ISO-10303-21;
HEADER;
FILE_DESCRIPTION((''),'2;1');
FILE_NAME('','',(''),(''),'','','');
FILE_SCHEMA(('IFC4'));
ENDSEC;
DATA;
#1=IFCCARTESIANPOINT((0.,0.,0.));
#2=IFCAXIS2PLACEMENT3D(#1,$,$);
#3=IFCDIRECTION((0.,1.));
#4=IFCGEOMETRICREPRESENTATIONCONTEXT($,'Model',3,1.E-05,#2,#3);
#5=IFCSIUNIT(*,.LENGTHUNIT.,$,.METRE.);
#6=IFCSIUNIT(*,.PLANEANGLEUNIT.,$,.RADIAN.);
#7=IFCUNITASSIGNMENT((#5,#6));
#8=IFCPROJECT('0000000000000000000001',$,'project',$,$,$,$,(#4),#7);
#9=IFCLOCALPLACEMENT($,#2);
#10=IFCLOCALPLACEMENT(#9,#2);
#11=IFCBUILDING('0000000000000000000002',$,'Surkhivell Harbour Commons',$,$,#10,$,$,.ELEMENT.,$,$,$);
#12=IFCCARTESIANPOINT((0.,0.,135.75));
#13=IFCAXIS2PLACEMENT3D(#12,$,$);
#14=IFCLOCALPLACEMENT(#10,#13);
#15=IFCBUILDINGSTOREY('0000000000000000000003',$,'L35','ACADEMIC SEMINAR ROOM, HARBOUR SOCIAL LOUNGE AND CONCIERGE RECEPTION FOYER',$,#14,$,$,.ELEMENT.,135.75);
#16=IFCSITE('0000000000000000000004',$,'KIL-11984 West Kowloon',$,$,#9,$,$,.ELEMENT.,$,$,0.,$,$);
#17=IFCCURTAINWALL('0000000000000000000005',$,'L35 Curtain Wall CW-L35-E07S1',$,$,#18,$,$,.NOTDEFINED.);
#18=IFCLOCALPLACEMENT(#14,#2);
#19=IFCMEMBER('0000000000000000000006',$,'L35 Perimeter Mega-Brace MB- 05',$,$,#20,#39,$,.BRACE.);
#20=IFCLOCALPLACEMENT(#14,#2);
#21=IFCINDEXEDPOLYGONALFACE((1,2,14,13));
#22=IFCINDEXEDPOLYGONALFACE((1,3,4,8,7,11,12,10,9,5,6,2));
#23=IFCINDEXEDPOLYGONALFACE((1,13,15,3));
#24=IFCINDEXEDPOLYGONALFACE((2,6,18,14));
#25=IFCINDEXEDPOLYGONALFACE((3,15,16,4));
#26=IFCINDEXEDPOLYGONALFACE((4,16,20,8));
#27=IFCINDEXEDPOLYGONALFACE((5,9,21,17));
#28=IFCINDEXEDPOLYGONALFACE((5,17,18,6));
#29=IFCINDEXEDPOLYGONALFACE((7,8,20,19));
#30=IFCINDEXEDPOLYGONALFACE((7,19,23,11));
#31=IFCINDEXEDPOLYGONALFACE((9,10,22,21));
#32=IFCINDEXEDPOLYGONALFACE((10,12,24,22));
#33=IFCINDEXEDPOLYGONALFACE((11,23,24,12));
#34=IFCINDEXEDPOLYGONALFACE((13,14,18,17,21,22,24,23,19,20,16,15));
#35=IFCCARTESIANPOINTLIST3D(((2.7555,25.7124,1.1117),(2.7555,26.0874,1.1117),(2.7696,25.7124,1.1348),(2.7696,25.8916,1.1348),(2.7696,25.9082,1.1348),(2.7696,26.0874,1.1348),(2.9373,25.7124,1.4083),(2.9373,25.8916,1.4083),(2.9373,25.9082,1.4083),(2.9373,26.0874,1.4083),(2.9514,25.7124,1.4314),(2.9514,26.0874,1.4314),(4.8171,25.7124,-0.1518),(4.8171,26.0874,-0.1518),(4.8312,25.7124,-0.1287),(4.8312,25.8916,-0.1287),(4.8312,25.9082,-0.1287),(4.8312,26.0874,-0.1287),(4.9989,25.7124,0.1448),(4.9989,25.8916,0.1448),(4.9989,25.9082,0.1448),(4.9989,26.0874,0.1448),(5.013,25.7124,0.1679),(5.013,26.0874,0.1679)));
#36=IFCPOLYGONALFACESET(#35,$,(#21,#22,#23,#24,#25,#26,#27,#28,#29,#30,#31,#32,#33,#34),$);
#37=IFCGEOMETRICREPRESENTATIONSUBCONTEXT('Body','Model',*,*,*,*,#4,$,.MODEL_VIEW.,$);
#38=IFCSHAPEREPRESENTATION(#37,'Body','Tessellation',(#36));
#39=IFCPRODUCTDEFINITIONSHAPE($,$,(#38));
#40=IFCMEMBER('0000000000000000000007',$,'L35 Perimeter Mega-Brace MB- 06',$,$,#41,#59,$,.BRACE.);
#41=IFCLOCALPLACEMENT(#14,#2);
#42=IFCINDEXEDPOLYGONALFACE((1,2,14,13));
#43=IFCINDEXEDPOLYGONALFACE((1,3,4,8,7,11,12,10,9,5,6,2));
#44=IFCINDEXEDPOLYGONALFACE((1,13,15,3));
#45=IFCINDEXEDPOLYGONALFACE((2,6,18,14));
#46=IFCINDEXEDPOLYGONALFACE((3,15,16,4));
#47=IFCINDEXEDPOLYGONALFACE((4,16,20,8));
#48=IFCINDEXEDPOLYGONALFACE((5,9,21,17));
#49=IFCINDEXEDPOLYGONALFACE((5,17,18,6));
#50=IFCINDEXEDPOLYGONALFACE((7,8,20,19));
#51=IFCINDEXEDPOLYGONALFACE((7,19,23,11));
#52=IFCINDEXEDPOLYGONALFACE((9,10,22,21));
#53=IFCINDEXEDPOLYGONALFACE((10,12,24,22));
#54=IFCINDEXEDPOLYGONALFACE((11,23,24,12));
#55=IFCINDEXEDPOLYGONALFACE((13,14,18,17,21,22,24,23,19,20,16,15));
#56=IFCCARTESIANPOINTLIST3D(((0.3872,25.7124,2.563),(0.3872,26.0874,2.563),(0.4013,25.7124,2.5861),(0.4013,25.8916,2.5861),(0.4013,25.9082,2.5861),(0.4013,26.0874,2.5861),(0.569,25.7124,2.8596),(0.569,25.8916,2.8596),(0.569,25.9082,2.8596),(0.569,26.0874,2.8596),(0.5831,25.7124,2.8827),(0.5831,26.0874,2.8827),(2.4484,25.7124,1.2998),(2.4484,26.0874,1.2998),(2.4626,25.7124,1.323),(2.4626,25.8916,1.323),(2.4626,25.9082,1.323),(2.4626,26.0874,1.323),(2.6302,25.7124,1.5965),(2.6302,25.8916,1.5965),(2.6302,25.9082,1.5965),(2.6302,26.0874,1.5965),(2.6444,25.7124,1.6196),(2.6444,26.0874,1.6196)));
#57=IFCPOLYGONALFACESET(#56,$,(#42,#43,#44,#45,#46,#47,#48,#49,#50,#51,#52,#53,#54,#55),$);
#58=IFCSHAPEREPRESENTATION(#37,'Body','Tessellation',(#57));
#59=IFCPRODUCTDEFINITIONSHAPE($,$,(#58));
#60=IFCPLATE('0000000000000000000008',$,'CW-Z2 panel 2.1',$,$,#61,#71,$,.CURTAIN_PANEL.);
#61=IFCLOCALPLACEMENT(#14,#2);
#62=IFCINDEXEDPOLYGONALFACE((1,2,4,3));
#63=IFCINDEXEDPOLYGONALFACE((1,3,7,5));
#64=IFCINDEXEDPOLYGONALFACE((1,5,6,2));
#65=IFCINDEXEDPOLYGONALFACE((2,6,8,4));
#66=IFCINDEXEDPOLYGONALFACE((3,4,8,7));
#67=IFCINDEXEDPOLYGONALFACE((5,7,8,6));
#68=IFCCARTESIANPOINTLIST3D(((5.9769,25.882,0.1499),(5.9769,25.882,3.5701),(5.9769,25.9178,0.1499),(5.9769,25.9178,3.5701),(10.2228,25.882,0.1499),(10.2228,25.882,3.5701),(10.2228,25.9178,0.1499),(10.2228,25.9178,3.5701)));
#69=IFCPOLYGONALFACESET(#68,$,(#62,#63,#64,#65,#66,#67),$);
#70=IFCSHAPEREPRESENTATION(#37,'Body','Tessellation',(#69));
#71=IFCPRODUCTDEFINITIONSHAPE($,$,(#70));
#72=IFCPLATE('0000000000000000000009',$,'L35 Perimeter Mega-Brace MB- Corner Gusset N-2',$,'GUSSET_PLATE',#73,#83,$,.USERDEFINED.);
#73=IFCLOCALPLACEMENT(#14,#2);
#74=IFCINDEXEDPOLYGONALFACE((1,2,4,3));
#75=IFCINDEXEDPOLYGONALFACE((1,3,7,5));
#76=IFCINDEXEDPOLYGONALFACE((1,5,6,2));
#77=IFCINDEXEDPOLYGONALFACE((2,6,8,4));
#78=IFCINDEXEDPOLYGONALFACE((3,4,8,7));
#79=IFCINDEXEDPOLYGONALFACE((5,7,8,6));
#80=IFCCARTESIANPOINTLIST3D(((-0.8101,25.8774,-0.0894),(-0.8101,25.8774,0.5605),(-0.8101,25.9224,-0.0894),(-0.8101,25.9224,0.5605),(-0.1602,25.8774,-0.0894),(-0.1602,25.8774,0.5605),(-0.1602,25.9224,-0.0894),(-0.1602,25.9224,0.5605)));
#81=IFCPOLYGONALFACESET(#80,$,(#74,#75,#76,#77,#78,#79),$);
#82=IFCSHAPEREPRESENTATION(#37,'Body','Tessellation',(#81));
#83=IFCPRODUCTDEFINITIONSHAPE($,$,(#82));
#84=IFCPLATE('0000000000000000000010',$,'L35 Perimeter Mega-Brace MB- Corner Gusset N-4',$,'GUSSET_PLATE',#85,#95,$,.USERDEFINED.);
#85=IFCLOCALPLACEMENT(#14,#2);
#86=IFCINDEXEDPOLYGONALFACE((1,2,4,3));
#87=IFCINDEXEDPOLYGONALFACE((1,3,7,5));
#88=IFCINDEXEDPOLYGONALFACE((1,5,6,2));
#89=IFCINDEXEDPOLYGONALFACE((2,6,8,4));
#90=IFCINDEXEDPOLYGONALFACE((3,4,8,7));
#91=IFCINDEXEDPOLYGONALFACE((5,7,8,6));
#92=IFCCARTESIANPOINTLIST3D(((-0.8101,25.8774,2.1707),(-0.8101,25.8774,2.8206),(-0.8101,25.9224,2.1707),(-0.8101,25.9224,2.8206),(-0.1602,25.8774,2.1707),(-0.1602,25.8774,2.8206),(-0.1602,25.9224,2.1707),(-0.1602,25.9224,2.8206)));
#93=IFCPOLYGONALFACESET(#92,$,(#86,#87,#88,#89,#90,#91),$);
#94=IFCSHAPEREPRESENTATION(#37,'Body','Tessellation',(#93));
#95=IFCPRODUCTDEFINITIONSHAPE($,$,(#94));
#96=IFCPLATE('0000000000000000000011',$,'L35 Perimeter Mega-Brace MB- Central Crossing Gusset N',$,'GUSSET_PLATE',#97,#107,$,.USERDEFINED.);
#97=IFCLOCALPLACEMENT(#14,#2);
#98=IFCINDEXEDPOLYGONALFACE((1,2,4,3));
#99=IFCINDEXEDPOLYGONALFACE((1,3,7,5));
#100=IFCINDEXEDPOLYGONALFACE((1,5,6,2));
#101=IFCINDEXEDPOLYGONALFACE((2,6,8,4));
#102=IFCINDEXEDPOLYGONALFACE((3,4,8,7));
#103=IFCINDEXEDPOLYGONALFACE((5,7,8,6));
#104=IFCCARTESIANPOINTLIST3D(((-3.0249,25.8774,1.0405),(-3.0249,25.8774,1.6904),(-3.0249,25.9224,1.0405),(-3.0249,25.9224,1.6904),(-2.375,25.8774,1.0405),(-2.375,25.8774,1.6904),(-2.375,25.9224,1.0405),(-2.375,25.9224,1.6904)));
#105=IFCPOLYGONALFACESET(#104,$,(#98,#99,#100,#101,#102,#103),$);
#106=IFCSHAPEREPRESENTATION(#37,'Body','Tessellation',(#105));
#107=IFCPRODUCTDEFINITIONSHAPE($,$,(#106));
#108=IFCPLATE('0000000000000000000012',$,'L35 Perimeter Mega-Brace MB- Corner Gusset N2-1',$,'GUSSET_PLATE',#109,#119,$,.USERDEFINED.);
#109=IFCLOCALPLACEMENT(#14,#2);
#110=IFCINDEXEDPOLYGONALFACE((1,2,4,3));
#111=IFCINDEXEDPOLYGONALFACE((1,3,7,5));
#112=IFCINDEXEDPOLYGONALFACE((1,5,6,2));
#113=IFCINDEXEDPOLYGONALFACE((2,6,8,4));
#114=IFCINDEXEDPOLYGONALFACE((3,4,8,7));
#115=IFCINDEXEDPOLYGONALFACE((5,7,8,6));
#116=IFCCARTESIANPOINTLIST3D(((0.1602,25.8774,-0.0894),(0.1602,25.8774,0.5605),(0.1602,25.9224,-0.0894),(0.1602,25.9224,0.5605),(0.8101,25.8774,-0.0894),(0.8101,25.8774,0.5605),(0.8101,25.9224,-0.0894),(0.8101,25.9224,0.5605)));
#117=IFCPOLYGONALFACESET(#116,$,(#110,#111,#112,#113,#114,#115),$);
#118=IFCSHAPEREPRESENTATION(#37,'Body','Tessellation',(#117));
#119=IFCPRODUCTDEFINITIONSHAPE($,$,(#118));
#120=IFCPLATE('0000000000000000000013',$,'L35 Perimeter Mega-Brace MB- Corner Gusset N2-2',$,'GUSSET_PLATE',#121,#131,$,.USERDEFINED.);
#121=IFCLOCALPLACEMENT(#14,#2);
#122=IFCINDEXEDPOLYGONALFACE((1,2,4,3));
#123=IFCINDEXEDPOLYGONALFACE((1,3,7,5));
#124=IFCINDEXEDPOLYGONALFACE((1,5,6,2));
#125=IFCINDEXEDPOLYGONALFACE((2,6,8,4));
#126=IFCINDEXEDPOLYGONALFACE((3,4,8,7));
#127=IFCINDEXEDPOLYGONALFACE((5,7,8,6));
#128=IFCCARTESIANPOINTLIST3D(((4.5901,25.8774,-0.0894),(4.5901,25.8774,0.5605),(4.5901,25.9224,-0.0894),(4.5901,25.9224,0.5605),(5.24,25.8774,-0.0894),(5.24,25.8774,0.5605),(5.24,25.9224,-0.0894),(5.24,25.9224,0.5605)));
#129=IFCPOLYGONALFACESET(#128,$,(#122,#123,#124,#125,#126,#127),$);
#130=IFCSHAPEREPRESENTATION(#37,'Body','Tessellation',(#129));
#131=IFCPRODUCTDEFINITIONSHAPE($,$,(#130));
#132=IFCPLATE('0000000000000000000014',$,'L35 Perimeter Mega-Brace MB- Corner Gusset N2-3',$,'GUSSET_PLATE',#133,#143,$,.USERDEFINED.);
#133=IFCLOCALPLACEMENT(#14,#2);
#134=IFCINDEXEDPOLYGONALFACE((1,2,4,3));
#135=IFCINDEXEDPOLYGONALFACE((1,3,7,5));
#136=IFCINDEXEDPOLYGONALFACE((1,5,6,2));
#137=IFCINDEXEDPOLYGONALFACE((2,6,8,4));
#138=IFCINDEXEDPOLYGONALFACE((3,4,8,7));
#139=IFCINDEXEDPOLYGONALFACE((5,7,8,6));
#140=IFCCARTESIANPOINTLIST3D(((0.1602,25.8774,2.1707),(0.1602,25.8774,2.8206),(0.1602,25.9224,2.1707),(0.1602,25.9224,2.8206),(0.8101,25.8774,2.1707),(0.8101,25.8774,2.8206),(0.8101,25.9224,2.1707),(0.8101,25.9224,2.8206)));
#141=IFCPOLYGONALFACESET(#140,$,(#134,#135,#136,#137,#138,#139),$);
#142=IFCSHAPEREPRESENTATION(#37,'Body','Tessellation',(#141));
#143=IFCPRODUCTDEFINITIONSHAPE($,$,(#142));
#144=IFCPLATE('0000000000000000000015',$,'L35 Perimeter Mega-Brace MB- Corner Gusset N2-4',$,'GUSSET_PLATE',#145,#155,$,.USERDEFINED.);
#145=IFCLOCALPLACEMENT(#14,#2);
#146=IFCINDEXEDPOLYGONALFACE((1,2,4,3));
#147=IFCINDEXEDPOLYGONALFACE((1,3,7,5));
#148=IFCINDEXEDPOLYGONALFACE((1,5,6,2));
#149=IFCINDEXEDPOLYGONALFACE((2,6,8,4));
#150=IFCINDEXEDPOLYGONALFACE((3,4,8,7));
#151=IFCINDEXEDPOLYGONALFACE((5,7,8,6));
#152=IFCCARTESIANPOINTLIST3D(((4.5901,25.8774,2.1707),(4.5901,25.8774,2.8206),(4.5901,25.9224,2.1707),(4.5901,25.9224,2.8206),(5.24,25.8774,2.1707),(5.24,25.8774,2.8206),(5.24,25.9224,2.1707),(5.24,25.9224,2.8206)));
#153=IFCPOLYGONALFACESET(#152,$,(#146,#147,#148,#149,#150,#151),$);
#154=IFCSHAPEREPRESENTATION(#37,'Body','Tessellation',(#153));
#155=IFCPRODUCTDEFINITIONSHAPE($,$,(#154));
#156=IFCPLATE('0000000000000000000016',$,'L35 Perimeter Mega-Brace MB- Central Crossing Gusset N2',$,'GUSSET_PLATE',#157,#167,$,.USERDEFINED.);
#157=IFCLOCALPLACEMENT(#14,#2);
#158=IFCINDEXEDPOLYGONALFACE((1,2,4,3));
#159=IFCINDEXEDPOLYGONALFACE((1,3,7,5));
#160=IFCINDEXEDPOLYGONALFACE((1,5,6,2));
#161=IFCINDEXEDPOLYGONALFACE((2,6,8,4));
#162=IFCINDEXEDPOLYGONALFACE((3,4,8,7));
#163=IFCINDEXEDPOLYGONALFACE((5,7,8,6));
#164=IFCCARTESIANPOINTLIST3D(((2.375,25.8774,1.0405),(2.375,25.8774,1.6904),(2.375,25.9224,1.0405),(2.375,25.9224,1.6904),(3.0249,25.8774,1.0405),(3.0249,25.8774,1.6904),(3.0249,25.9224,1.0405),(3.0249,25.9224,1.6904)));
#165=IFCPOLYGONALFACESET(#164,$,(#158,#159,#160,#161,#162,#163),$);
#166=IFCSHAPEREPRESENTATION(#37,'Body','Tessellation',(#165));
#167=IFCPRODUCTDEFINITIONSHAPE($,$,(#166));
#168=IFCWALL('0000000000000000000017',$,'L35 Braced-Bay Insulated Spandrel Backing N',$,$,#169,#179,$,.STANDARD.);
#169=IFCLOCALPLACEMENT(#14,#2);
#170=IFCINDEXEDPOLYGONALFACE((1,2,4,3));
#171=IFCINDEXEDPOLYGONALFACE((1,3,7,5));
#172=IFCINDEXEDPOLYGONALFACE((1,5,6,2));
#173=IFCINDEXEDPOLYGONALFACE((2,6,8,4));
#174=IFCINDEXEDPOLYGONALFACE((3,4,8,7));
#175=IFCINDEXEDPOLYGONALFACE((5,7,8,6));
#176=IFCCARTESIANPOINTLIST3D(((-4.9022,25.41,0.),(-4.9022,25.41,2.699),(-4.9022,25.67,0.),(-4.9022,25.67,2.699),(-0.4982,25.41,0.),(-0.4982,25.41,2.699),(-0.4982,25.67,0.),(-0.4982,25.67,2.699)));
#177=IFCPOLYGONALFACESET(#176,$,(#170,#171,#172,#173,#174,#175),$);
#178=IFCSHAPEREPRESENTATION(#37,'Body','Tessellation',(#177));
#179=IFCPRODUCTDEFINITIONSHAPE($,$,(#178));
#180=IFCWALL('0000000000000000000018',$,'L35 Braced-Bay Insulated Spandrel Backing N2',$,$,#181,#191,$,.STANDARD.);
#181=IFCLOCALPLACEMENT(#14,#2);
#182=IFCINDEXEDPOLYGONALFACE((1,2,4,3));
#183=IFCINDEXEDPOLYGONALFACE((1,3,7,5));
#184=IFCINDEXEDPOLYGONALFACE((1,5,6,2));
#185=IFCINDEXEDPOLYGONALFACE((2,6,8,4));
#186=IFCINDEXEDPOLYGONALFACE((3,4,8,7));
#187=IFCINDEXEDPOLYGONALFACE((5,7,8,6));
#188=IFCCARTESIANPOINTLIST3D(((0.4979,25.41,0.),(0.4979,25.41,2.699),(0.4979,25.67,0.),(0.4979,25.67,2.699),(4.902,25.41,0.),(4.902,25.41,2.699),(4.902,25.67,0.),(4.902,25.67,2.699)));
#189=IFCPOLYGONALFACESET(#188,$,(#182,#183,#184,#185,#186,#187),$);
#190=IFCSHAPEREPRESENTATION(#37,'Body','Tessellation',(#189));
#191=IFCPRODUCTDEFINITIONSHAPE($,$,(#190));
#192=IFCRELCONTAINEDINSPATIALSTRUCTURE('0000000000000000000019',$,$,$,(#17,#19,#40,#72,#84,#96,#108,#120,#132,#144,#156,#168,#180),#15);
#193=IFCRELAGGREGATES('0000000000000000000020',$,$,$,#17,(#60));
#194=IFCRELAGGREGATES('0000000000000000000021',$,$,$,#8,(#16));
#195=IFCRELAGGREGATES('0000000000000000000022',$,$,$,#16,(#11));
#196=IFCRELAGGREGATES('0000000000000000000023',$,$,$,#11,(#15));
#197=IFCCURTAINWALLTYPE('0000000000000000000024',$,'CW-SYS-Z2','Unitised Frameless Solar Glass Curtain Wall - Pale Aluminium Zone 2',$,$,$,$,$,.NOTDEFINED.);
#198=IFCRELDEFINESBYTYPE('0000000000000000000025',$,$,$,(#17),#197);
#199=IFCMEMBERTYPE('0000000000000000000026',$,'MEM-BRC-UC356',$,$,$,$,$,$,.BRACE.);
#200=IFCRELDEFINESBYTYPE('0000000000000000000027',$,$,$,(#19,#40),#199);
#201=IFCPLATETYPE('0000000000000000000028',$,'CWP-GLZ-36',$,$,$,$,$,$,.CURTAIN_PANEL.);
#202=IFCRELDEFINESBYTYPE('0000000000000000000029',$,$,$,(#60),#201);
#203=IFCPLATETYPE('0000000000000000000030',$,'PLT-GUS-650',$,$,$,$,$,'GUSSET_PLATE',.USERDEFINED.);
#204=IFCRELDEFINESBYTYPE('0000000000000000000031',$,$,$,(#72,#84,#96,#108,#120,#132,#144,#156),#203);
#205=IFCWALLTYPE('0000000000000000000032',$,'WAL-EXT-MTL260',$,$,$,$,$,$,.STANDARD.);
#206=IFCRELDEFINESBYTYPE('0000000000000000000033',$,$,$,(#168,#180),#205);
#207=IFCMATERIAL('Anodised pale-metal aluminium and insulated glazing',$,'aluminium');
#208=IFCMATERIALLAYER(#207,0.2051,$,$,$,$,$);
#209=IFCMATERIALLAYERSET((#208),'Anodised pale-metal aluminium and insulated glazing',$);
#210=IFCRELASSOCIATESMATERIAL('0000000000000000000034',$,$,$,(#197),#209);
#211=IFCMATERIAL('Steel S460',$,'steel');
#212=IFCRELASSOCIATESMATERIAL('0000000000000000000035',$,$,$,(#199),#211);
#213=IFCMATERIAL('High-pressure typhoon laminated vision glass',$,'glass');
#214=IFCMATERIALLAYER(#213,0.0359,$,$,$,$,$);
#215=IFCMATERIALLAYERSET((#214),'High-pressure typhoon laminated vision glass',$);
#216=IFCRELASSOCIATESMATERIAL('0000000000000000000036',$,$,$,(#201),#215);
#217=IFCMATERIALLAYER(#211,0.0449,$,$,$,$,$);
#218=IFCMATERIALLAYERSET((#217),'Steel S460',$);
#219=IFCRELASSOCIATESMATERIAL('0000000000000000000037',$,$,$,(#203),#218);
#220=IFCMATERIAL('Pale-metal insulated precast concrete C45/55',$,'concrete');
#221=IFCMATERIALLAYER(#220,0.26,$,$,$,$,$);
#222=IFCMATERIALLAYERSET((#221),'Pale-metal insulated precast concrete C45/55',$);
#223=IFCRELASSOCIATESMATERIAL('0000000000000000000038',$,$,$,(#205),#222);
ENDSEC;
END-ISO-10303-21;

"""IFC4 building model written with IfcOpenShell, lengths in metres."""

from ifc_helpers import new_model, si_unit, direction, frame, frame_2d, origin, origin_2d, place, context, subcontext, project, spatial, rectangle, i_section, extrude, material, layer, layer_set, material_profile, profile_set, type_object, element, aggregate, save


model = new_model("IFC4")

# Units and contexts
model_context = context("Model", 3, precision=1e-05, world=origin(), true_north=direction((0.0, 1.0)))
body_context = subcontext(model_context, "Body", "Model", "MODEL_VIEW")
ifc_project = project(units=[si_unit("LENGTHUNIT", "METRE"), si_unit("PLANEANGLEUNIT", "RADIAN")], contexts=[model_context])

# Site, building, storey
site_placement = place(None, origin())
site = spatial("IfcSite", under=ifc_project, at=site_placement, Name="KIL-11984 West Kowloon", CompositionType="ELEMENT", RefElevation=0.0)
building_placement = place(site_placement, origin())
building = spatial("IfcBuilding", under=site, at=building_placement, Name="Surkhivell Harbour Commons", CompositionType="ELEMENT")
storey_placement = place(building_placement, frame((0.0, 0.0, 135.75)))
storey = spatial("IfcBuildingStorey", under=building, at=storey_placement, Name="L35", Description="ACADEMIC SEMINAR ROOM, HARBOUR SOCIAL LOUNGE AND CONCIERGE RECEPTION FOYER", CompositionType="ELEMENT", Elevation=135.75)

# Shared definitions
ifc_material_1 = material(Name="Steel S460", Category="steel")

# Curtain wall
ifc_material_2 = material(Name="Anodised pale-metal aluminium and insulated glazing", Category="aluminium")
ifc_layer_1 = layer(ifc_material_2, 0.2051)
ifc_layer_set_1 = layer_set([ifc_layer_1], Name="Anodised pale-metal aluminium and insulated glazing")
curtain_wall_type = type_object("IfcCurtainWallType", Name="CW-SYS-Z2", Description="Unitised Frameless Solar Glass Curtain Wall - Pale Aluminium Zone 2", PredefinedType="NOTDEFINED", material=ifc_layer_set_1)
curtain_wall_placement = place(storey_placement, origin())
curtain_wall = element("IfcCurtainWall", 1, at=curtain_wall_placement, inside=storey, type_object=curtain_wall_type, Name="L35 Curtain Wall CW-L35-E07S1", PredefinedType="NOTDEFINED")

# Members
ifc_material_profile_1 = material_profile(ifc_material_1, i_section(OverallWidth=0.375, OverallDepth=0.375, WebThickness=0.0166, FlangeThickness=0.0271, at=origin_2d()), Name="UC356x368x202")
ifc_profile_set_1 = profile_set([ifc_material_profile_1], Name="Steel S460")
member_type_1 = type_object("IfcMemberType", Name="MEM-BRC-UC356", PredefinedType="BRACE", material=ifc_profile_set_1)
member_1_placement = place(storey_placement, frame((4.915, 25.8999, 0.0081), z_axis=(-0.852617, 0.0, 0.522536), x_axis=(0.0, -1.0, 0.0)))
element("IfcMember", 2, at=member_1_placement, inside=storey, type_object=member_type_1, Name="L35 Perimeter Mega-Brace MB- 05", PredefinedType="BRACE", context=body_context, shape_type="SweptSolid", body=[
    extrude(i_section(OverallWidth=0.375, OverallDepth=0.375, WebThickness=0.0166, FlangeThickness=0.0271, at=origin_2d()), origin(), (0.0, 0.0, 1.0), 2.418),
])
member_2_placement = place(storey_placement, frame((2.5464, 25.8999, 1.4597), z_axis=(-0.852635, 0.0, 0.522508), x_axis=(0.0, -1.0, 0.0)))
element("IfcMember", 3, at=member_2_placement, inside=storey, type_object=member_type_1, Name="L35 Perimeter Mega-Brace MB- 06", PredefinedType="BRACE", context=body_context, shape_type="SweptSolid", body=[
    extrude(i_section(OverallWidth=0.375, OverallDepth=0.375, WebThickness=0.0166, FlangeThickness=0.0271, at=origin_2d()), origin(), (0.0, 0.0, 1.0), 2.4175),
])

# Plate
ifc_material_3 = material(Name="High-pressure typhoon laminated vision glass", Category="glass")
ifc_layer_2 = layer(ifc_material_3, 0.0359)
ifc_layer_set_2 = layer_set([ifc_layer_2], Name="High-pressure typhoon laminated vision glass")
plate_type_1 = type_object("IfcPlateType", Name="CWP-GLZ-36", PredefinedType="CURTAIN_PANEL", material=ifc_layer_set_2)
plate_placement = place(storey_placement, frame((10.2229, 25.8999, 0.1499), z_axis=(0.0, 0.0, 1.0), x_axis=(-1.0, 0.0, 0.0)))
plate = element("IfcPlate", 4, at=plate_placement, type_object=plate_type_1, Name="CW-Z2 panel 2.1", PredefinedType="CURTAIN_PANEL", context=body_context, shape_type="SweptSolid", body=[
    extrude(rectangle(XDim=4.2458, YDim=0.0359, at=frame_2d((2.123, 0.0))), origin(), (0.0, 0.0, 1.0), 3.4202),
])
aggregate(curtain_wall, [plate])

# Plates
ifc_layer_3 = layer(ifc_material_1, 0.0449)
ifc_layer_set_3 = layer_set([ifc_layer_3], Name="Steel S460")
plate_type_2 = type_object("IfcPlateType", Name="PLT-GUS-650", ElementType="GUSSET_PLATE", PredefinedType="USERDEFINED", material=ifc_layer_set_3)
for number, where, z_axis, x_axis, name in (
    (5, (-0.4851, 25.8999, -0.0894), (0.0, 0.0, 1.0), (1.0, 0.0, 0.0), "L35 Perimeter Mega-Brace MB- Corner Gusset N-2"),
    (6, (-0.4851, 25.8999, 2.1707), (0.0, 0.0, 1.0), (1.0, 0.0, 0.0), "L35 Perimeter Mega-Brace MB- Corner Gusset N-4"),
    (7, (-2.7, 25.8999, 1.0405), (0.0, 0.0, 1.0), (1.0, 0.0, 0.0), "L35 Perimeter Mega-Brace MB- Central Crossing Gusset N"),
    (8, (0.4851, 25.8999, -0.0894), (0.0, 0.0, 1.0), (1.0, 0.0, 0.0), "L35 Perimeter Mega-Brace MB- Corner Gusset N2-1"),
    (9, (4.915, 25.8999, -0.0894), (0.0, 0.0, 1.0), (1.0, 0.0, 0.0), "L35 Perimeter Mega-Brace MB- Corner Gusset N2-2"),
    (10, (0.4851, 25.8999, 2.1707), (0.0, 0.0, 1.0), (1.0, 0.0, 0.0), "L35 Perimeter Mega-Brace MB- Corner Gusset N2-3"),
    (11, (4.915, 25.8999, 2.1707), (0.0, 0.0, 1.0), (1.0, 0.0, 0.0), "L35 Perimeter Mega-Brace MB- Corner Gusset N2-4"),
    (12, (2.7, 25.8999, 1.0405), (0.0, 0.0, 1.0), (1.0, 0.0, 0.0), "L35 Perimeter Mega-Brace MB- Central Crossing Gusset N2"),
):
    element("IfcPlate", number, at=place(storey_placement, frame(where, z_axis=z_axis, x_axis=x_axis)), inside=storey, type_object=plate_type_2, Name=name, ObjectType="GUSSET_PLATE", PredefinedType="USERDEFINED", context=body_context, shape_type="SweptSolid", body=[
        extrude(rectangle(XDim=0.6499, YDim=0.0449, at=origin_2d()), origin(), (0.0, 0.0, 1.0), 0.6499),
    ])

# Walls
ifc_material_4 = material(Name="Pale-metal insulated precast concrete C45/55", Category="concrete")
ifc_layer_4 = layer(ifc_material_4, 0.26)
ifc_layer_set_4 = layer_set([ifc_layer_4], Name="Pale-metal insulated precast concrete C45/55")
wall_type = type_object("IfcWallType", Name="WAL-EXT-MTL260", PredefinedType="STANDARD", material=ifc_layer_set_4)
for number, where, z_axis, x_axis, name in (
    (13, (-0.498, 25.54, 0.0), (0.0, 0.0, 1.0), (-1.0, 0.0, 0.0), "L35 Braced-Bay Insulated Spandrel Backing N"),
    (14, (4.9021, 25.54, 0.0), (0.0, 0.0, 1.0), (-1.0, 0.0, 0.0), "L35 Braced-Bay Insulated Spandrel Backing N2"),
):
    element("IfcWall", number, at=place(storey_placement, frame(where, z_axis=z_axis, x_axis=x_axis)), inside=storey, type_object=wall_type, Name=name, PredefinedType="STANDARD", context=body_context, shape_type="SweptSolid", body=[
        extrude(rectangle(XDim=4.4041, YDim=0.26, at=frame_2d((2.2021, 0.0))), origin(), (0.0, 0.0, 1.0), 2.699),
    ])

save(model, "model.ifc")
